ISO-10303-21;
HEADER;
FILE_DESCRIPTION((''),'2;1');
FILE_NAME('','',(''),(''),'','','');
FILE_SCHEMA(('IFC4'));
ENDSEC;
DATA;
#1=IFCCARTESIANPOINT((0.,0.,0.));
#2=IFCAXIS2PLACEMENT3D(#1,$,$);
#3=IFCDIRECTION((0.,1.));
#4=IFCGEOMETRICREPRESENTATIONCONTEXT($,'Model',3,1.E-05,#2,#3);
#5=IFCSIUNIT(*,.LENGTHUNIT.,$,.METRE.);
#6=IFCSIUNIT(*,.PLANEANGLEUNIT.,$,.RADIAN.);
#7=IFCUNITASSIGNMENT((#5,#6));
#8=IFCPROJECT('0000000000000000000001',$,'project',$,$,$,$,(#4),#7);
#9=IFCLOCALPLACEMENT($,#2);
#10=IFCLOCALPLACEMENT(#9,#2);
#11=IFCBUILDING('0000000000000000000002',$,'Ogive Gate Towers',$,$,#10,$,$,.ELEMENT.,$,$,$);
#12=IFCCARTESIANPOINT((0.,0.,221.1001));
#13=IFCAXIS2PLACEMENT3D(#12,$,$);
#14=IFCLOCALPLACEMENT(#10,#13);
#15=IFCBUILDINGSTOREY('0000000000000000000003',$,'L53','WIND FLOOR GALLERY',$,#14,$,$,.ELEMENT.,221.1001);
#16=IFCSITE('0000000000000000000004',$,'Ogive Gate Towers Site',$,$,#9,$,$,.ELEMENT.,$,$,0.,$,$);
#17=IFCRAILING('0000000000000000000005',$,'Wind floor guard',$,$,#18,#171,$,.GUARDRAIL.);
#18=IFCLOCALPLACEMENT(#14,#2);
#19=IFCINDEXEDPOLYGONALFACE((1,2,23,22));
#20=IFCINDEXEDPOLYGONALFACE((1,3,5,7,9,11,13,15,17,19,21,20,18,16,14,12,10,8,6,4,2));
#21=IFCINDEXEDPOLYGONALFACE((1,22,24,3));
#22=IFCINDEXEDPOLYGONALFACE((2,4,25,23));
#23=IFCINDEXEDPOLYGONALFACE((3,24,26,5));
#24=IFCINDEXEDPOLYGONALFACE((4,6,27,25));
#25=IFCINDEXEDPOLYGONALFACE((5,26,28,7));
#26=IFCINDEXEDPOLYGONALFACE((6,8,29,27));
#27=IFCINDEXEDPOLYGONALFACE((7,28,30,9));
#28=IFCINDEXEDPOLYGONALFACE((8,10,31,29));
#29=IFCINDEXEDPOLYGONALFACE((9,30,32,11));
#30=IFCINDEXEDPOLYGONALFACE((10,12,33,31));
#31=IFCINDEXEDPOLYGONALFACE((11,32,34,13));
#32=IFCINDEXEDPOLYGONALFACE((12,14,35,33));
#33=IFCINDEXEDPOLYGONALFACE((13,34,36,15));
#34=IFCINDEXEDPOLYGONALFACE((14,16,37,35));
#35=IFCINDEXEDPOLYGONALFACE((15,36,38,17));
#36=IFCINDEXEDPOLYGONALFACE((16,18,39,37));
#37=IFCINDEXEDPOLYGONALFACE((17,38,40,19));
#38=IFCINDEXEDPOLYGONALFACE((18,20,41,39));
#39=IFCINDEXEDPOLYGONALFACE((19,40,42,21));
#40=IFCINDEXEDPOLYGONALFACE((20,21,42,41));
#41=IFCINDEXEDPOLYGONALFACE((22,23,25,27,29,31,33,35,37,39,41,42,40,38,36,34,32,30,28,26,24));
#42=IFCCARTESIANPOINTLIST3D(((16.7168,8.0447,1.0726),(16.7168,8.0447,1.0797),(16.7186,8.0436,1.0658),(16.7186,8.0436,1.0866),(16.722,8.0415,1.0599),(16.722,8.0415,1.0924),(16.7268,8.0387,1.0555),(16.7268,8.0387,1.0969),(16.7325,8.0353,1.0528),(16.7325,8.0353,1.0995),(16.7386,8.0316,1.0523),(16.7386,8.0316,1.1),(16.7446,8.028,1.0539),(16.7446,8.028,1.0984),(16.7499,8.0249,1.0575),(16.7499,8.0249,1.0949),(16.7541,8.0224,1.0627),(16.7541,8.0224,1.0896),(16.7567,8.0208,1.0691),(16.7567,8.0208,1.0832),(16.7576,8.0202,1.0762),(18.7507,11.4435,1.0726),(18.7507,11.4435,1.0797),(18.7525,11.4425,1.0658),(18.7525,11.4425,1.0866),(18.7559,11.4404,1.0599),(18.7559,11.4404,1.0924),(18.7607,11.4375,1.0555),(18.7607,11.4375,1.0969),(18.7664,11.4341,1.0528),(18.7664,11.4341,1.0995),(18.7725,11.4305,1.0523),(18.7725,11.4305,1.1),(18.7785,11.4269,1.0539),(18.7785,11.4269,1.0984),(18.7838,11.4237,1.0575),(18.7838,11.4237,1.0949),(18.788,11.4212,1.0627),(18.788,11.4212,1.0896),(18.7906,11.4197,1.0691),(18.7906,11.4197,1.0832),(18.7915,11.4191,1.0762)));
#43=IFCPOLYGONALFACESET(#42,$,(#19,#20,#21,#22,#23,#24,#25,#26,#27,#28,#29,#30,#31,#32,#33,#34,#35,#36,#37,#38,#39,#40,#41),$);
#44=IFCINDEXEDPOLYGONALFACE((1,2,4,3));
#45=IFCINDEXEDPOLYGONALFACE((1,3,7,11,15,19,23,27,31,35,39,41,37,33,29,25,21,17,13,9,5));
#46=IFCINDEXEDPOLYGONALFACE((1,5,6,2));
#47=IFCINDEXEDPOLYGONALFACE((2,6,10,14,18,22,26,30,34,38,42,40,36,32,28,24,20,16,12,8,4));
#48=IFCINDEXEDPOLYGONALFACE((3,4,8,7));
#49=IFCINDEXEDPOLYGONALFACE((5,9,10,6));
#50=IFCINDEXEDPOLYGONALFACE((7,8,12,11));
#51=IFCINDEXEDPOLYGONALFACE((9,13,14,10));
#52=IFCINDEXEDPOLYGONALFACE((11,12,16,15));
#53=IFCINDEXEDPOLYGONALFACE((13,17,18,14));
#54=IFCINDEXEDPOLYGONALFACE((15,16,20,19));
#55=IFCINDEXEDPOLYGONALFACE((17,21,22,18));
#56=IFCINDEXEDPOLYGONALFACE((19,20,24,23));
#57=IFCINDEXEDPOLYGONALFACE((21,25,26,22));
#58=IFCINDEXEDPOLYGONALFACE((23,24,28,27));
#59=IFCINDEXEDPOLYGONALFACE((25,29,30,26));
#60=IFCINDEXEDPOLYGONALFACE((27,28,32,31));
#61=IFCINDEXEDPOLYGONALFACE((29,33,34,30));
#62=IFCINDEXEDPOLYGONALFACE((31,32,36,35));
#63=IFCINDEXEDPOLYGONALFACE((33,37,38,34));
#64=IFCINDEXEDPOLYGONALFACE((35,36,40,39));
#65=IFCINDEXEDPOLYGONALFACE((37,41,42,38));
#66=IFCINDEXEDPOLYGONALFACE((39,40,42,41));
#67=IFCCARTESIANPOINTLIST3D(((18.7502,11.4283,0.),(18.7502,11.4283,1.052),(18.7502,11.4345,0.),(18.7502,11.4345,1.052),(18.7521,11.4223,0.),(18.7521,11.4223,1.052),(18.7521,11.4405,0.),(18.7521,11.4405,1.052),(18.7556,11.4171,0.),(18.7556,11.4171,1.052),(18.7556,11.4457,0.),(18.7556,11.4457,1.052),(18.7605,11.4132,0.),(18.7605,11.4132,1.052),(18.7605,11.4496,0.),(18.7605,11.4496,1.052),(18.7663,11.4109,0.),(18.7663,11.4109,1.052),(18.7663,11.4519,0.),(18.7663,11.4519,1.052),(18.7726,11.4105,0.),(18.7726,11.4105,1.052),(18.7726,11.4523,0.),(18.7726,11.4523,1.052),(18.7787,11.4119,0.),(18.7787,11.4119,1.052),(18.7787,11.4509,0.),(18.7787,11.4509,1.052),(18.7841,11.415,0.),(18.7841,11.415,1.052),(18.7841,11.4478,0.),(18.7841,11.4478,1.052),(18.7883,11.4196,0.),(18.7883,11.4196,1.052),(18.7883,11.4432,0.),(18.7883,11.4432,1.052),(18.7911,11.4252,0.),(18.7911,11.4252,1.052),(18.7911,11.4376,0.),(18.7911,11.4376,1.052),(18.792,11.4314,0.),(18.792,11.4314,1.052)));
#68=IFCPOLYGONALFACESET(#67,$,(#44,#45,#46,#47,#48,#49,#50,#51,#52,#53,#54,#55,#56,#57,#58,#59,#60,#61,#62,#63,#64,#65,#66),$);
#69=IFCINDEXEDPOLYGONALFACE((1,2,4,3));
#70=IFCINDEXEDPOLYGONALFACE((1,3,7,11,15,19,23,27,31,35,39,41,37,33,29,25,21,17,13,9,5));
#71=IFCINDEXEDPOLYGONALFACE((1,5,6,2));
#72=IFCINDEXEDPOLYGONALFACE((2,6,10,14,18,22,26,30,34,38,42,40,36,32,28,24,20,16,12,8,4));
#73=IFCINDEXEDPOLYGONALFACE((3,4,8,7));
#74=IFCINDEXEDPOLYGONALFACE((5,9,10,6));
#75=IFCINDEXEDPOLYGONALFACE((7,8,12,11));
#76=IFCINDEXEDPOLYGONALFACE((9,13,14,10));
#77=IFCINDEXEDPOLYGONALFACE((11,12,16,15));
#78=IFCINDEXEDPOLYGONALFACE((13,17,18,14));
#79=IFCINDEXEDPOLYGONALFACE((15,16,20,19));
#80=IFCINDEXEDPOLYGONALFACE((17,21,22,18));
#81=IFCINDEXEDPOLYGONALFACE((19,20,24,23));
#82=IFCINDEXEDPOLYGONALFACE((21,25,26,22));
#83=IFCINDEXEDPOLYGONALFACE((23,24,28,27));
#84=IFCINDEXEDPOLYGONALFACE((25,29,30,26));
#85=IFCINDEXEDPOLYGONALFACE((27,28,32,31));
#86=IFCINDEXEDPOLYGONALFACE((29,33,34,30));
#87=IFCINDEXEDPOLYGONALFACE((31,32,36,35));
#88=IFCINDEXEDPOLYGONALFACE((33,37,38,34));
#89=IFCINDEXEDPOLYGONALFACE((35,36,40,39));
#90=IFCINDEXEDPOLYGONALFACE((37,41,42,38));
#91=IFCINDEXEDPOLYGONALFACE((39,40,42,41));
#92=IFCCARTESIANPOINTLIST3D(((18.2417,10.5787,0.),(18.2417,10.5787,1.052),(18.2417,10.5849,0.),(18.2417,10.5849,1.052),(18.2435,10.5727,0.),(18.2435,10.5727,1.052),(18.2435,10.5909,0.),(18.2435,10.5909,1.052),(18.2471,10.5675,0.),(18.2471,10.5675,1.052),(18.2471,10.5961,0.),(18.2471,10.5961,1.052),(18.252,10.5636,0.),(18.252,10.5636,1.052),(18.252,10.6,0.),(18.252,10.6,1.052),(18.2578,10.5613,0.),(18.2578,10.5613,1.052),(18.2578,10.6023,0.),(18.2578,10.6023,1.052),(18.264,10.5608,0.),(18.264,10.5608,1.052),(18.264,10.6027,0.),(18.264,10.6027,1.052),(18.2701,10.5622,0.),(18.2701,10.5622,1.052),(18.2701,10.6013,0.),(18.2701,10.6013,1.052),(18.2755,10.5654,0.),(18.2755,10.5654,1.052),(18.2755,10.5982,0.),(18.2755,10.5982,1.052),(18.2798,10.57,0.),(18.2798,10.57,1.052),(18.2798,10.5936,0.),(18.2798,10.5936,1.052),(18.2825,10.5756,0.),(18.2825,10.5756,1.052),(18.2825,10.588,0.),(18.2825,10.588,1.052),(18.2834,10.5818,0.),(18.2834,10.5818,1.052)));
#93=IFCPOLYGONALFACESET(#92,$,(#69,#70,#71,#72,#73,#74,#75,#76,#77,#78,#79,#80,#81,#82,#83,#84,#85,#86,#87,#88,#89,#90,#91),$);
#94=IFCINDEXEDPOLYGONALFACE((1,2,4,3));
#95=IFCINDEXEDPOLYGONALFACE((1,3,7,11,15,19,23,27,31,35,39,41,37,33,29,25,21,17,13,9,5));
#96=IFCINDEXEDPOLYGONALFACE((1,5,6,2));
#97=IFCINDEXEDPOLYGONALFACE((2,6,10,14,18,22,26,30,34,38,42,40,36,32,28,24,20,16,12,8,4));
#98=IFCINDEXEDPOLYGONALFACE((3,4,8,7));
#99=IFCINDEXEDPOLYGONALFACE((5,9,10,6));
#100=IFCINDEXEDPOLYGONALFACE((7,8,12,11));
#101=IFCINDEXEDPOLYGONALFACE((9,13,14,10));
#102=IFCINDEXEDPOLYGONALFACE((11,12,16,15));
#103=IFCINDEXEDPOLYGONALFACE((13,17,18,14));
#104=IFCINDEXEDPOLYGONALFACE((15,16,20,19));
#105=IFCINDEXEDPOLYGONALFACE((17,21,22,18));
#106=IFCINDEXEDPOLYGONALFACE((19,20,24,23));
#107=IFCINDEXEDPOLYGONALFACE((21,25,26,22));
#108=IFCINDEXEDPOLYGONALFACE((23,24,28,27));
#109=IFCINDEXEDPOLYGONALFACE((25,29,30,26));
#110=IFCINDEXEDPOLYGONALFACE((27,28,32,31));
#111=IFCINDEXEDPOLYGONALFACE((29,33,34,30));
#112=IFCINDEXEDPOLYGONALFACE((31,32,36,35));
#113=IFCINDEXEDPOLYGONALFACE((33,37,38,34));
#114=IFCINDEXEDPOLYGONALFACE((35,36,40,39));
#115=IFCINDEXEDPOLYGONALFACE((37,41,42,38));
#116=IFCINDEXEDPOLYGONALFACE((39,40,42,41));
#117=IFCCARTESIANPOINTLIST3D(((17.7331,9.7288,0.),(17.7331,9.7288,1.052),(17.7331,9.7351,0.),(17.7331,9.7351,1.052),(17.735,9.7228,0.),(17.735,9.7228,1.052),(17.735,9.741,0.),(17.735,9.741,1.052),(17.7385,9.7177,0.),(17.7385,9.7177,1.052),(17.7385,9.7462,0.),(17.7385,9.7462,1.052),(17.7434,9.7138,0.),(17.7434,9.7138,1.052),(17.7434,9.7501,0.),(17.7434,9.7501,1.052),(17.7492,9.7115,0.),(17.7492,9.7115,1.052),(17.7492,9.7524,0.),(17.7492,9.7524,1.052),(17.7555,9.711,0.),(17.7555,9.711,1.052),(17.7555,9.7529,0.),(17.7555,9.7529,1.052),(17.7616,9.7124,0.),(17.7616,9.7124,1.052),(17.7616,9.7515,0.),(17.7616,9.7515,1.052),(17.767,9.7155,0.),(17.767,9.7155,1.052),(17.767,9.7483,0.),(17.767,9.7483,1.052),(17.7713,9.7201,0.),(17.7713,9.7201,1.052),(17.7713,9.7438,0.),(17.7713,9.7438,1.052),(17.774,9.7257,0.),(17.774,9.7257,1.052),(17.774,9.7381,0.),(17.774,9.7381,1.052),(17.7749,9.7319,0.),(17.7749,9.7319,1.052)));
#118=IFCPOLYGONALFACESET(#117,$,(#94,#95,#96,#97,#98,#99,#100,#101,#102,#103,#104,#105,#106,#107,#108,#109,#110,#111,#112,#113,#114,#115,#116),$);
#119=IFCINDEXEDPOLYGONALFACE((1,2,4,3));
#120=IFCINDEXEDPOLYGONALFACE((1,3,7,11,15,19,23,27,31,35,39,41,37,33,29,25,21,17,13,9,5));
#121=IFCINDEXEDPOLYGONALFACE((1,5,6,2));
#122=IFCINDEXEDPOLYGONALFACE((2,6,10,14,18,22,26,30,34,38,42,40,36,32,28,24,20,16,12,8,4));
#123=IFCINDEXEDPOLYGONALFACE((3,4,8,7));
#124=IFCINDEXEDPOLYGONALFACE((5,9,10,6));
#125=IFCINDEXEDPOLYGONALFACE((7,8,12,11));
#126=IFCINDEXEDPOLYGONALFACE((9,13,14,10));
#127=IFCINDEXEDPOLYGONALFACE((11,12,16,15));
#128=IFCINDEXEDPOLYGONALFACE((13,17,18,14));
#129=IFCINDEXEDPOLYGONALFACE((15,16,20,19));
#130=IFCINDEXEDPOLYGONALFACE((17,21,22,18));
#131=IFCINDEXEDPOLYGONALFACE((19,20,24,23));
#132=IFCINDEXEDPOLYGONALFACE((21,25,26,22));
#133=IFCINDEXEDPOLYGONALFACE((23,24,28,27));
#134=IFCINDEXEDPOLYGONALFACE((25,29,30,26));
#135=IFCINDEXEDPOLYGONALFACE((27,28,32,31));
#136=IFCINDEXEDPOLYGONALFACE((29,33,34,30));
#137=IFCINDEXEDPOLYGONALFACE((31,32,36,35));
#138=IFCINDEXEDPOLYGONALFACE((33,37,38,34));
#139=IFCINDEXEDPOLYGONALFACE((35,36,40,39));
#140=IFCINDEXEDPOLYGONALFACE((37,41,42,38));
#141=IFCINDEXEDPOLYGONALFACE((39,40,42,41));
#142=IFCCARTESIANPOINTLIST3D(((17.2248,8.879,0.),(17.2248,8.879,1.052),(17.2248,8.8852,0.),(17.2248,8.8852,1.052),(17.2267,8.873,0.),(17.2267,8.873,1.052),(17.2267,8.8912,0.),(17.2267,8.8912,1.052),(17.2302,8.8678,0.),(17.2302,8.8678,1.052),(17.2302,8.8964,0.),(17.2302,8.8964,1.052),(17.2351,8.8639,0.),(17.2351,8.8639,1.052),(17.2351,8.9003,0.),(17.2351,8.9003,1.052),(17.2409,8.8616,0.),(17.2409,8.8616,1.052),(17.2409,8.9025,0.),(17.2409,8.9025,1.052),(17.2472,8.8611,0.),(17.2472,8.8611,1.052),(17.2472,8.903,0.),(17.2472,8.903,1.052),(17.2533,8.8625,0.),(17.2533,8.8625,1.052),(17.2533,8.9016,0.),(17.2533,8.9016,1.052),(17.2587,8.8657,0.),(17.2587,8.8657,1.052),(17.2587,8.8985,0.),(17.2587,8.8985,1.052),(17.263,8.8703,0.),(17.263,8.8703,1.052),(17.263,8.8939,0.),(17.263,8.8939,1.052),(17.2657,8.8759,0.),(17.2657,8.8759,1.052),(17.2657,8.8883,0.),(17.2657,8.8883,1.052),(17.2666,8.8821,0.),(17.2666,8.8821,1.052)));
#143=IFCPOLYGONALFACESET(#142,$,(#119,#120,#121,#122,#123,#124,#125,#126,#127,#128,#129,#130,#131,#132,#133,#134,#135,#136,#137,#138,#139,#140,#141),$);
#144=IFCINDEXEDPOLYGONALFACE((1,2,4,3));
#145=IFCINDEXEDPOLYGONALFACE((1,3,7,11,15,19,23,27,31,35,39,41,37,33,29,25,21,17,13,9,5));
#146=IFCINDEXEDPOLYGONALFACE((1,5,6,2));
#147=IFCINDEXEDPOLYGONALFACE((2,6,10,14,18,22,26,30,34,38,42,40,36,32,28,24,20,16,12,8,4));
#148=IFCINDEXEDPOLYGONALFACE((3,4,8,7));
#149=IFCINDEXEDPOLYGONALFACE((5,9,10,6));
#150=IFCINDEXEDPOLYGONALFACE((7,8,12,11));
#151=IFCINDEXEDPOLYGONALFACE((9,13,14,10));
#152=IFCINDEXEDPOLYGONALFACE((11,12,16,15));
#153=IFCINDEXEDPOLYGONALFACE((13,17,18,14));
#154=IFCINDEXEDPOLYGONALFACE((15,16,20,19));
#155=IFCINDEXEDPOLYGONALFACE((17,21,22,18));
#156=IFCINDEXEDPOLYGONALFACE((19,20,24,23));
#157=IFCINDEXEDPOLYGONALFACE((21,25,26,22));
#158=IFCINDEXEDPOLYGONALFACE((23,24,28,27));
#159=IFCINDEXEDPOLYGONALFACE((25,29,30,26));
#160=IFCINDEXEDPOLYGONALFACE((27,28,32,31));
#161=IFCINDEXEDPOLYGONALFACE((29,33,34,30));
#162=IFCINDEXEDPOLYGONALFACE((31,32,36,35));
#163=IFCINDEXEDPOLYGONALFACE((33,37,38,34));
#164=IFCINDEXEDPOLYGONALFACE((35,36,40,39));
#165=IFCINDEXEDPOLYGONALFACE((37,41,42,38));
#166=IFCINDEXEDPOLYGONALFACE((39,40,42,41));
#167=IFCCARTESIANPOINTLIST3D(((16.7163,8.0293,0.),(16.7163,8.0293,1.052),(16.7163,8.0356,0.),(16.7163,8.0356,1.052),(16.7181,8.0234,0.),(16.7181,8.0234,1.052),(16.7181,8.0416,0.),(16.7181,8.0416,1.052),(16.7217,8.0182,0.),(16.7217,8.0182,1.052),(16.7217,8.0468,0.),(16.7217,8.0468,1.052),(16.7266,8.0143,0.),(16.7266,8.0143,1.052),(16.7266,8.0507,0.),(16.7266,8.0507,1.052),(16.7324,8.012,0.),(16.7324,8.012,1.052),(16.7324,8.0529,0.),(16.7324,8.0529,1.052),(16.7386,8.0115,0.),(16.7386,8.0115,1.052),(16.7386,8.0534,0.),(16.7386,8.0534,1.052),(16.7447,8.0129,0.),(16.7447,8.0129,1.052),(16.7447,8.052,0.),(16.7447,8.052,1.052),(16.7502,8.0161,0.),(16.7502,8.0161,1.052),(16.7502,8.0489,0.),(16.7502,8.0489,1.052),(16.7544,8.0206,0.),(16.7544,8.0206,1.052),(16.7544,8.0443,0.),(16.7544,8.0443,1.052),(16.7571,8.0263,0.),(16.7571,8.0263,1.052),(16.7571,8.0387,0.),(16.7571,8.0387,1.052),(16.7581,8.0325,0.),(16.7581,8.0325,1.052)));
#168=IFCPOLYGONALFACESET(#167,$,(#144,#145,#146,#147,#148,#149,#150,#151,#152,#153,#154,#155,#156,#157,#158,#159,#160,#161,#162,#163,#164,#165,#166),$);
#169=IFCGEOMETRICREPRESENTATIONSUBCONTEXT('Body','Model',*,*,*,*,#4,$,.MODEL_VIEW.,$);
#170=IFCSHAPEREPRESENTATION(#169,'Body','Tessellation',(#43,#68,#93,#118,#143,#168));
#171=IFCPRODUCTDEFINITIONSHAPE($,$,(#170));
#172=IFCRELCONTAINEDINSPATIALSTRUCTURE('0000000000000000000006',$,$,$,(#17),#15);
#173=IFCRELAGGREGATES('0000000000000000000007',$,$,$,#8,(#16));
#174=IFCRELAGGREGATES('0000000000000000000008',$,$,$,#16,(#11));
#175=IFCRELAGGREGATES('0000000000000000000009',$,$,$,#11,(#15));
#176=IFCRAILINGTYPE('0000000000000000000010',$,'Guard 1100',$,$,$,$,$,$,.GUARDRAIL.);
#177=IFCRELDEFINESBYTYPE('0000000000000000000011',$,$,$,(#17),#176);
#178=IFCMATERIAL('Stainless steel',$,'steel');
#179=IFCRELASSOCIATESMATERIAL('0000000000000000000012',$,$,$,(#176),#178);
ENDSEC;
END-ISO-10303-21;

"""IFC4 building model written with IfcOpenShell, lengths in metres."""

from ifc_helpers import new_model, si_unit, direction, frame, origin, origin_2d, place, context, subcontext, project, spatial, circle, extrude, material, type_object, element, save


model = new_model("IFC4")

# Units and contexts
model_context = context("Model", 3, precision=1e-05, world=origin(), true_north=direction((0.0, 1.0)))
body_context = subcontext(model_context, "Body", "Model", "MODEL_VIEW")
ifc_project = project(units=[si_unit("LENGTHUNIT", "METRE"), si_unit("PLANEANGLEUNIT", "RADIAN")], contexts=[model_context])

# Site, building, storey
site_placement = place(None, origin())
site = spatial("IfcSite", under=ifc_project, at=site_placement, Name="Ogive Gate Towers Site", CompositionType="ELEMENT", RefElevation=0.0)
building_placement = place(site_placement, origin())
building = spatial("IfcBuilding", under=site, at=building_placement, Name="Ogive Gate Towers", CompositionType="ELEMENT")
storey_placement = place(building_placement, frame((0.0, 0.0, 221.1001)))
storey = spatial("IfcBuildingStorey", under=building, at=storey_placement, Name="L53", Description="WIND FLOOR GALLERY", CompositionType="ELEMENT", Elevation=221.1001)

# Railing
ifc_material_1 = material(Name="Stainless steel", Category="steel")
railing_type = type_object("IfcRailingType", Name="Guard 1100", PredefinedType="GUARDRAIL", material=ifc_material_1)
railing_1_placement = place(storey_placement, frame((18.771, 11.4314, 0.0)))
element("IfcRailing", 1, at=railing_1_placement, inside=storey, type_object=railing_type, Name="Wind floor guard", PredefinedType="GUARDRAIL", context=body_context, shape_type="SweptSolid", body=[
    extrude(circle(Radius=0.0239, at=origin_2d()), frame((0.0, 0.0, 1.0762), z_axis=(-0.513489, -0.858096, 0.0), x_axis=(0.858096, -0.513489, 0.0)), (0.0, 0.0, 1.0), 3.9609),
    extrude(circle(Radius=0.021, at=origin_2d()), origin(), (0.0, 0.0, 1.0), 1.052),
    extrude(circle(Radius=0.021, at=origin_2d()), frame((-0.5085, -0.8496, 0.0)), (0.0, 0.0, 1.0), 1.052),
    extrude(circle(Radius=0.021, at=origin_2d()), frame((-1.0171, -1.6995, 0.0)), (0.0, 0.0, 1.0), 1.052),
    extrude(circle(Radius=0.021, at=origin_2d()), frame((-1.5254, -2.5493, 0.0)), (0.0, 0.0, 1.0), 1.052),
    extrude(circle(Radius=0.021, at=origin_2d()), frame((-2.0339, -3.3989, 0.0)), (0.0, 0.0, 1.0), 1.052),
])

save(model, "model.ifc")
